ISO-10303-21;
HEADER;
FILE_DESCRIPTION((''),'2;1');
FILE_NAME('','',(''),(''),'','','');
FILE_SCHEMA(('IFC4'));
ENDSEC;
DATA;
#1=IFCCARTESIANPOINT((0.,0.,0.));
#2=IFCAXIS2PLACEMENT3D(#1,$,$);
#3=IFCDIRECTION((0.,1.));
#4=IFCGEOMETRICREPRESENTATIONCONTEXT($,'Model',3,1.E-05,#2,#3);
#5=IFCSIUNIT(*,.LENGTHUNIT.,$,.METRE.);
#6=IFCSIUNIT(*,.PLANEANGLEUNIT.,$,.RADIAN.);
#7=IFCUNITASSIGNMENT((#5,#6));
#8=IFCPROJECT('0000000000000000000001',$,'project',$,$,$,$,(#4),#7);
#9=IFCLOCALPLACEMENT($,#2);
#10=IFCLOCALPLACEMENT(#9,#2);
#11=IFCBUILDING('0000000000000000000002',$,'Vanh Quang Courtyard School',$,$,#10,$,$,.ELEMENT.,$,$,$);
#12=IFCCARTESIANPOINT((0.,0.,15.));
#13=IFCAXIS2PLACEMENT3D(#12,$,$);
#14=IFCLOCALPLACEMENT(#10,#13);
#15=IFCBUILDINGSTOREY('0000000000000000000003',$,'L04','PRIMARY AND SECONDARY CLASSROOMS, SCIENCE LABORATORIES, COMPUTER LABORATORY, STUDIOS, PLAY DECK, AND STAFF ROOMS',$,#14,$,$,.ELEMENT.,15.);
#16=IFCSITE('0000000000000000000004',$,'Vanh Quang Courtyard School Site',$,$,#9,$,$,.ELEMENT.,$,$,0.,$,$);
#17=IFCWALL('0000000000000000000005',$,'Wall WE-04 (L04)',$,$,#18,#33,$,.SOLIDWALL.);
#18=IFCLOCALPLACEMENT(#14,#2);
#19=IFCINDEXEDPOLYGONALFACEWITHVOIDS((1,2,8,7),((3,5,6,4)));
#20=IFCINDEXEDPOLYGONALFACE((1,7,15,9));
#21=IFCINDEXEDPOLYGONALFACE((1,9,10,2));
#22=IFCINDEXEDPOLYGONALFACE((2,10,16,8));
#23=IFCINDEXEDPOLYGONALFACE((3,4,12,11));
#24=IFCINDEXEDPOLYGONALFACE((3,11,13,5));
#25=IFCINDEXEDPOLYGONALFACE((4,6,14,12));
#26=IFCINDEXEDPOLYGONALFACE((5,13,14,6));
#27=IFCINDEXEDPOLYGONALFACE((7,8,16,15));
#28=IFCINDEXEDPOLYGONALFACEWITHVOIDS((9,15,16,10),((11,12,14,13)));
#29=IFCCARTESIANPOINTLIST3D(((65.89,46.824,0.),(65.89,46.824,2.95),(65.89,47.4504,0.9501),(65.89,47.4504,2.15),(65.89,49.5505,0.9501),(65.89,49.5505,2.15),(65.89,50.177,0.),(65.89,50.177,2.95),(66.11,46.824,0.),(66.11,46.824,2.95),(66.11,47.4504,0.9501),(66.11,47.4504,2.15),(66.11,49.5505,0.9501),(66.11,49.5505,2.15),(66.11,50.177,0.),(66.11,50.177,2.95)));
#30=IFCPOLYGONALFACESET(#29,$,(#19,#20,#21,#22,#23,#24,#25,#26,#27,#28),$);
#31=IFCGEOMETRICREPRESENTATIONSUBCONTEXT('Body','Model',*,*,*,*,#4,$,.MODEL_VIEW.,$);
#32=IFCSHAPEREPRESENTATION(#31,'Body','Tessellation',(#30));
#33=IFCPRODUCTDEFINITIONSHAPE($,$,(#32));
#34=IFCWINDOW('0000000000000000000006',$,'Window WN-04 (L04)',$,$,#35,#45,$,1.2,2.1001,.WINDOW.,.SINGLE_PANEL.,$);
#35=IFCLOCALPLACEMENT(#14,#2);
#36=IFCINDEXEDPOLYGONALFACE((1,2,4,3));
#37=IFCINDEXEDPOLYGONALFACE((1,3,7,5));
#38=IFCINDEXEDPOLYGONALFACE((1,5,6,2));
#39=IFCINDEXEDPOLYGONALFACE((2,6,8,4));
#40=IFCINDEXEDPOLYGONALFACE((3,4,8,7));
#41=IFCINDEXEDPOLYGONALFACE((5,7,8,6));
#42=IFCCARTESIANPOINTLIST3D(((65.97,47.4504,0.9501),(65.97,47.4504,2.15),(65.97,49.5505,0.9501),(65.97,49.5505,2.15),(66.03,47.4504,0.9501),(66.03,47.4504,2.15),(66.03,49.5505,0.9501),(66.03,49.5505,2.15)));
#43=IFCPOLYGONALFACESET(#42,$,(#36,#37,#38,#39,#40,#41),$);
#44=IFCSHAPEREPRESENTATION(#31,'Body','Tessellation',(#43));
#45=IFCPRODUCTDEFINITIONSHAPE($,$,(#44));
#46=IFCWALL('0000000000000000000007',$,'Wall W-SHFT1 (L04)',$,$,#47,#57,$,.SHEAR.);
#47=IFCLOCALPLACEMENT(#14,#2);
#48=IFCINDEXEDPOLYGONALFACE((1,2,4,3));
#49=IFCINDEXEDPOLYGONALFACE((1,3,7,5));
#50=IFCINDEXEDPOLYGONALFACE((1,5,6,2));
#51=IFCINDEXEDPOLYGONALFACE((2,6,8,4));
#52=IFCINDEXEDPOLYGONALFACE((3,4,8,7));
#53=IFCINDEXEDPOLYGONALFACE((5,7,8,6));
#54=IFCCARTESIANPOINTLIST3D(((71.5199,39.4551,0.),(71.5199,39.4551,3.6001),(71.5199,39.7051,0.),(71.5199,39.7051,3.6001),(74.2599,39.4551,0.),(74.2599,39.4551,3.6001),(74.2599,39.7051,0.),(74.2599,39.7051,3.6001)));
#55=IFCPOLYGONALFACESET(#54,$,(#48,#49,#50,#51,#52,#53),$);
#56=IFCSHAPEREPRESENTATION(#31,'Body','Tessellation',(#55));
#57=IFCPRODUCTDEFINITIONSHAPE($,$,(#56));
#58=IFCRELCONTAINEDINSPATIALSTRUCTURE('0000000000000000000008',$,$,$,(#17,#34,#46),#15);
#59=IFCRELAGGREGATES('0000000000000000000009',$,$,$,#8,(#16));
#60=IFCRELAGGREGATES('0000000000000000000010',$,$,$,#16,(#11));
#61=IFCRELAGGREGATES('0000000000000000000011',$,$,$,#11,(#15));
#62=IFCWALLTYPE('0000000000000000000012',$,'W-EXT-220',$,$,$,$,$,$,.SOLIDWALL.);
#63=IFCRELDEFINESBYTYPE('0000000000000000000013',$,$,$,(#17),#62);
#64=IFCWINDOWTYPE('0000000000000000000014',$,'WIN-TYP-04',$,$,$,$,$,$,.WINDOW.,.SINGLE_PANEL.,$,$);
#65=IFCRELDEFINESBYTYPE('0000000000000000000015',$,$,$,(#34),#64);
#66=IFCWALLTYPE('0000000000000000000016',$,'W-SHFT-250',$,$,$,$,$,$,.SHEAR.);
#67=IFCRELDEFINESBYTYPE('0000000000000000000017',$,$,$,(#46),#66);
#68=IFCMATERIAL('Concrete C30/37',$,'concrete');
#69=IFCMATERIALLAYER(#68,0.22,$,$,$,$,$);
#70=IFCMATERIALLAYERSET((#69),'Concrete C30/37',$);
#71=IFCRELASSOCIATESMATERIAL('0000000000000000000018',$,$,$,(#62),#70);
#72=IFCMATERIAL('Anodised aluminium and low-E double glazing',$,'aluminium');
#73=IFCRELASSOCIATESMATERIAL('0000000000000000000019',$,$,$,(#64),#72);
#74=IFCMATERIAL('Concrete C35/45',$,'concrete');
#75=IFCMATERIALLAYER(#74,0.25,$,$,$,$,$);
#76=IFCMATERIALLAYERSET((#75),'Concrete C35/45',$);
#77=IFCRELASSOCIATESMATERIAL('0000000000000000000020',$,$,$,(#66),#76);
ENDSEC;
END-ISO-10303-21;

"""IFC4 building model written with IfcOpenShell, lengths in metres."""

from ifc_helpers import new_model, si_unit, direction, frame, frame_2d, origin, place, context, subcontext, project, spatial, rectangle, extrude, material, layer, layer_set, type_object, element, fill, save


model = new_model("IFC4")

# Units and contexts
model_context = context("Model", 3, precision=1e-05, world=origin(), true_north=direction((0.0, 1.0)))
body_context = subcontext(model_context, "Body", "Model", "MODEL_VIEW")
ifc_project = project(units=[si_unit("LENGTHUNIT", "METRE"), si_unit("PLANEANGLEUNIT", "RADIAN")], contexts=[model_context])

# Site, building, storey
site_placement = place(None, origin())
site = spatial("IfcSite", under=ifc_project, at=site_placement, Name="Vanh Quang Courtyard School Site", CompositionType="ELEMENT", RefElevation=0.0)
building_placement = place(site_placement, origin())
building = spatial("IfcBuilding", under=site, at=building_placement, Name="Vanh Quang Courtyard School", CompositionType="ELEMENT")
storey_placement = place(building_placement, frame((0.0, 0.0, 15.0)))
storey = spatial("IfcBuildingStorey", under=building, at=storey_placement, Name="L04", Description="PRIMARY AND SECONDARY CLASSROOMS, SCIENCE LABORATORIES, COMPUTER LABORATORY, STUDIOS, PLAY DECK, AND STAFF ROOMS", CompositionType="ELEMENT", Elevation=15.0)

# Shared definitions
ifc_material_1 = material(Name="Concrete C35/45", Category="concrete")

# Shared definitions
ifc_material_2 = material(Name="Concrete C30/37", Category="concrete")
ifc_layer_1 = layer(ifc_material_2, 0.22)
ifc_layer_set_1 = layer_set([ifc_layer_1], Name="Concrete C30/37")
wall_type_1 = type_object("IfcWallType", Name="W-EXT-220", PredefinedType="SOLIDWALL", material=ifc_layer_set_1)

# Wall, opening, window
wall_1_placement = place(storey_placement, frame((66.0, 46.824, 0.0), z_axis=(0.0, 0.0, 1.0), x_axis=(0.0, 1.0, 0.0)))
wall_1 = element("IfcWall", 1, at=wall_1_placement, inside=storey, type_object=wall_type_1, Name="Wall WE-04 (L04)", PredefinedType="SOLIDWALL", context=body_context, shape_type="SweptSolid", body=[
    extrude(rectangle(XDim=3.353, YDim=0.22, at=frame_2d((1.6765, 0.0))), origin(), (0.0, 0.0, 1.0), 2.95),
])
opening_1_placement = place(wall_1_placement, frame((0.6265, 0.0, 0.95)))
opening_1 = element("IfcOpeningElement", 2, at=opening_1_placement, cuts=wall_1, PredefinedType="OPENING", context=body_context, shape_type="SweptSolid", body=[
    extrude(rectangle(XDim=2.1001, YDim=1.2, at=frame_2d((1.05, 0.6001))), frame((0.0, 0.1201, 0.0), z_axis=(0.0, -1.0, 0.0), x_axis=(1.0, 0.0, 0.0)), (0.0, 0.0, 1.0), 0.24),
])
ifc_material_3 = material(Name="Anodised aluminium and low-E double glazing", Category="aluminium")
window_type = type_object("IfcWindowType", Name="WIN-TYP-04", PartitioningType="SINGLE_PANEL", PredefinedType="WINDOW", material=ifc_material_3)
window_placement = place(opening_1_placement, origin())
window = element("IfcWindow", 3, at=window_placement, inside=storey, type_object=window_type, Name="Window WN-04 (L04)", OverallHeight=1.2, OverallWidth=2.1001, PartitioningType="SINGLE_PANEL", PredefinedType="WINDOW", context=body_context, shape_type="SweptSolid", body=[
    extrude(rectangle(XDim=2.1001, YDim=1.2, at=frame_2d((1.05, 0.6001))), frame((0.0, 0.03, 0.0), z_axis=(0.0, -1.0, 0.0), x_axis=(1.0, 0.0, 0.0)), (0.0, 0.0, 1.0), 0.0601),
])
fill(opening_1, window)

# Shared definitions
ifc_layer_2 = layer(ifc_material_1, 0.25)
ifc_layer_set_2 = layer_set([ifc_layer_2], Name="Concrete C35/45")
wall_type_2 = type_object("IfcWallType", Name="W-SHFT-250", PredefinedType="SHEAR", material=ifc_layer_set_2)

# Wall
wall_2_placement = place(storey_placement, frame((74.26, 39.5801, 0.0), z_axis=(0.0, 0.0, 1.0), x_axis=(-1.0, 0.0, 0.0)))
element("IfcWall", 4, at=wall_2_placement, inside=storey, type_object=wall_type_2, Name="Wall W-SHFT1 (L04)", PredefinedType="SHEAR", context=body_context, shape_type="SweptSolid", body=[
    extrude(rectangle(XDim=2.74, YDim=0.25, at=frame_2d((1.3701, 0.0))), origin(), (0.0, 0.0, 1.0), 3.6001),
])

save(model, "model.ifc")
